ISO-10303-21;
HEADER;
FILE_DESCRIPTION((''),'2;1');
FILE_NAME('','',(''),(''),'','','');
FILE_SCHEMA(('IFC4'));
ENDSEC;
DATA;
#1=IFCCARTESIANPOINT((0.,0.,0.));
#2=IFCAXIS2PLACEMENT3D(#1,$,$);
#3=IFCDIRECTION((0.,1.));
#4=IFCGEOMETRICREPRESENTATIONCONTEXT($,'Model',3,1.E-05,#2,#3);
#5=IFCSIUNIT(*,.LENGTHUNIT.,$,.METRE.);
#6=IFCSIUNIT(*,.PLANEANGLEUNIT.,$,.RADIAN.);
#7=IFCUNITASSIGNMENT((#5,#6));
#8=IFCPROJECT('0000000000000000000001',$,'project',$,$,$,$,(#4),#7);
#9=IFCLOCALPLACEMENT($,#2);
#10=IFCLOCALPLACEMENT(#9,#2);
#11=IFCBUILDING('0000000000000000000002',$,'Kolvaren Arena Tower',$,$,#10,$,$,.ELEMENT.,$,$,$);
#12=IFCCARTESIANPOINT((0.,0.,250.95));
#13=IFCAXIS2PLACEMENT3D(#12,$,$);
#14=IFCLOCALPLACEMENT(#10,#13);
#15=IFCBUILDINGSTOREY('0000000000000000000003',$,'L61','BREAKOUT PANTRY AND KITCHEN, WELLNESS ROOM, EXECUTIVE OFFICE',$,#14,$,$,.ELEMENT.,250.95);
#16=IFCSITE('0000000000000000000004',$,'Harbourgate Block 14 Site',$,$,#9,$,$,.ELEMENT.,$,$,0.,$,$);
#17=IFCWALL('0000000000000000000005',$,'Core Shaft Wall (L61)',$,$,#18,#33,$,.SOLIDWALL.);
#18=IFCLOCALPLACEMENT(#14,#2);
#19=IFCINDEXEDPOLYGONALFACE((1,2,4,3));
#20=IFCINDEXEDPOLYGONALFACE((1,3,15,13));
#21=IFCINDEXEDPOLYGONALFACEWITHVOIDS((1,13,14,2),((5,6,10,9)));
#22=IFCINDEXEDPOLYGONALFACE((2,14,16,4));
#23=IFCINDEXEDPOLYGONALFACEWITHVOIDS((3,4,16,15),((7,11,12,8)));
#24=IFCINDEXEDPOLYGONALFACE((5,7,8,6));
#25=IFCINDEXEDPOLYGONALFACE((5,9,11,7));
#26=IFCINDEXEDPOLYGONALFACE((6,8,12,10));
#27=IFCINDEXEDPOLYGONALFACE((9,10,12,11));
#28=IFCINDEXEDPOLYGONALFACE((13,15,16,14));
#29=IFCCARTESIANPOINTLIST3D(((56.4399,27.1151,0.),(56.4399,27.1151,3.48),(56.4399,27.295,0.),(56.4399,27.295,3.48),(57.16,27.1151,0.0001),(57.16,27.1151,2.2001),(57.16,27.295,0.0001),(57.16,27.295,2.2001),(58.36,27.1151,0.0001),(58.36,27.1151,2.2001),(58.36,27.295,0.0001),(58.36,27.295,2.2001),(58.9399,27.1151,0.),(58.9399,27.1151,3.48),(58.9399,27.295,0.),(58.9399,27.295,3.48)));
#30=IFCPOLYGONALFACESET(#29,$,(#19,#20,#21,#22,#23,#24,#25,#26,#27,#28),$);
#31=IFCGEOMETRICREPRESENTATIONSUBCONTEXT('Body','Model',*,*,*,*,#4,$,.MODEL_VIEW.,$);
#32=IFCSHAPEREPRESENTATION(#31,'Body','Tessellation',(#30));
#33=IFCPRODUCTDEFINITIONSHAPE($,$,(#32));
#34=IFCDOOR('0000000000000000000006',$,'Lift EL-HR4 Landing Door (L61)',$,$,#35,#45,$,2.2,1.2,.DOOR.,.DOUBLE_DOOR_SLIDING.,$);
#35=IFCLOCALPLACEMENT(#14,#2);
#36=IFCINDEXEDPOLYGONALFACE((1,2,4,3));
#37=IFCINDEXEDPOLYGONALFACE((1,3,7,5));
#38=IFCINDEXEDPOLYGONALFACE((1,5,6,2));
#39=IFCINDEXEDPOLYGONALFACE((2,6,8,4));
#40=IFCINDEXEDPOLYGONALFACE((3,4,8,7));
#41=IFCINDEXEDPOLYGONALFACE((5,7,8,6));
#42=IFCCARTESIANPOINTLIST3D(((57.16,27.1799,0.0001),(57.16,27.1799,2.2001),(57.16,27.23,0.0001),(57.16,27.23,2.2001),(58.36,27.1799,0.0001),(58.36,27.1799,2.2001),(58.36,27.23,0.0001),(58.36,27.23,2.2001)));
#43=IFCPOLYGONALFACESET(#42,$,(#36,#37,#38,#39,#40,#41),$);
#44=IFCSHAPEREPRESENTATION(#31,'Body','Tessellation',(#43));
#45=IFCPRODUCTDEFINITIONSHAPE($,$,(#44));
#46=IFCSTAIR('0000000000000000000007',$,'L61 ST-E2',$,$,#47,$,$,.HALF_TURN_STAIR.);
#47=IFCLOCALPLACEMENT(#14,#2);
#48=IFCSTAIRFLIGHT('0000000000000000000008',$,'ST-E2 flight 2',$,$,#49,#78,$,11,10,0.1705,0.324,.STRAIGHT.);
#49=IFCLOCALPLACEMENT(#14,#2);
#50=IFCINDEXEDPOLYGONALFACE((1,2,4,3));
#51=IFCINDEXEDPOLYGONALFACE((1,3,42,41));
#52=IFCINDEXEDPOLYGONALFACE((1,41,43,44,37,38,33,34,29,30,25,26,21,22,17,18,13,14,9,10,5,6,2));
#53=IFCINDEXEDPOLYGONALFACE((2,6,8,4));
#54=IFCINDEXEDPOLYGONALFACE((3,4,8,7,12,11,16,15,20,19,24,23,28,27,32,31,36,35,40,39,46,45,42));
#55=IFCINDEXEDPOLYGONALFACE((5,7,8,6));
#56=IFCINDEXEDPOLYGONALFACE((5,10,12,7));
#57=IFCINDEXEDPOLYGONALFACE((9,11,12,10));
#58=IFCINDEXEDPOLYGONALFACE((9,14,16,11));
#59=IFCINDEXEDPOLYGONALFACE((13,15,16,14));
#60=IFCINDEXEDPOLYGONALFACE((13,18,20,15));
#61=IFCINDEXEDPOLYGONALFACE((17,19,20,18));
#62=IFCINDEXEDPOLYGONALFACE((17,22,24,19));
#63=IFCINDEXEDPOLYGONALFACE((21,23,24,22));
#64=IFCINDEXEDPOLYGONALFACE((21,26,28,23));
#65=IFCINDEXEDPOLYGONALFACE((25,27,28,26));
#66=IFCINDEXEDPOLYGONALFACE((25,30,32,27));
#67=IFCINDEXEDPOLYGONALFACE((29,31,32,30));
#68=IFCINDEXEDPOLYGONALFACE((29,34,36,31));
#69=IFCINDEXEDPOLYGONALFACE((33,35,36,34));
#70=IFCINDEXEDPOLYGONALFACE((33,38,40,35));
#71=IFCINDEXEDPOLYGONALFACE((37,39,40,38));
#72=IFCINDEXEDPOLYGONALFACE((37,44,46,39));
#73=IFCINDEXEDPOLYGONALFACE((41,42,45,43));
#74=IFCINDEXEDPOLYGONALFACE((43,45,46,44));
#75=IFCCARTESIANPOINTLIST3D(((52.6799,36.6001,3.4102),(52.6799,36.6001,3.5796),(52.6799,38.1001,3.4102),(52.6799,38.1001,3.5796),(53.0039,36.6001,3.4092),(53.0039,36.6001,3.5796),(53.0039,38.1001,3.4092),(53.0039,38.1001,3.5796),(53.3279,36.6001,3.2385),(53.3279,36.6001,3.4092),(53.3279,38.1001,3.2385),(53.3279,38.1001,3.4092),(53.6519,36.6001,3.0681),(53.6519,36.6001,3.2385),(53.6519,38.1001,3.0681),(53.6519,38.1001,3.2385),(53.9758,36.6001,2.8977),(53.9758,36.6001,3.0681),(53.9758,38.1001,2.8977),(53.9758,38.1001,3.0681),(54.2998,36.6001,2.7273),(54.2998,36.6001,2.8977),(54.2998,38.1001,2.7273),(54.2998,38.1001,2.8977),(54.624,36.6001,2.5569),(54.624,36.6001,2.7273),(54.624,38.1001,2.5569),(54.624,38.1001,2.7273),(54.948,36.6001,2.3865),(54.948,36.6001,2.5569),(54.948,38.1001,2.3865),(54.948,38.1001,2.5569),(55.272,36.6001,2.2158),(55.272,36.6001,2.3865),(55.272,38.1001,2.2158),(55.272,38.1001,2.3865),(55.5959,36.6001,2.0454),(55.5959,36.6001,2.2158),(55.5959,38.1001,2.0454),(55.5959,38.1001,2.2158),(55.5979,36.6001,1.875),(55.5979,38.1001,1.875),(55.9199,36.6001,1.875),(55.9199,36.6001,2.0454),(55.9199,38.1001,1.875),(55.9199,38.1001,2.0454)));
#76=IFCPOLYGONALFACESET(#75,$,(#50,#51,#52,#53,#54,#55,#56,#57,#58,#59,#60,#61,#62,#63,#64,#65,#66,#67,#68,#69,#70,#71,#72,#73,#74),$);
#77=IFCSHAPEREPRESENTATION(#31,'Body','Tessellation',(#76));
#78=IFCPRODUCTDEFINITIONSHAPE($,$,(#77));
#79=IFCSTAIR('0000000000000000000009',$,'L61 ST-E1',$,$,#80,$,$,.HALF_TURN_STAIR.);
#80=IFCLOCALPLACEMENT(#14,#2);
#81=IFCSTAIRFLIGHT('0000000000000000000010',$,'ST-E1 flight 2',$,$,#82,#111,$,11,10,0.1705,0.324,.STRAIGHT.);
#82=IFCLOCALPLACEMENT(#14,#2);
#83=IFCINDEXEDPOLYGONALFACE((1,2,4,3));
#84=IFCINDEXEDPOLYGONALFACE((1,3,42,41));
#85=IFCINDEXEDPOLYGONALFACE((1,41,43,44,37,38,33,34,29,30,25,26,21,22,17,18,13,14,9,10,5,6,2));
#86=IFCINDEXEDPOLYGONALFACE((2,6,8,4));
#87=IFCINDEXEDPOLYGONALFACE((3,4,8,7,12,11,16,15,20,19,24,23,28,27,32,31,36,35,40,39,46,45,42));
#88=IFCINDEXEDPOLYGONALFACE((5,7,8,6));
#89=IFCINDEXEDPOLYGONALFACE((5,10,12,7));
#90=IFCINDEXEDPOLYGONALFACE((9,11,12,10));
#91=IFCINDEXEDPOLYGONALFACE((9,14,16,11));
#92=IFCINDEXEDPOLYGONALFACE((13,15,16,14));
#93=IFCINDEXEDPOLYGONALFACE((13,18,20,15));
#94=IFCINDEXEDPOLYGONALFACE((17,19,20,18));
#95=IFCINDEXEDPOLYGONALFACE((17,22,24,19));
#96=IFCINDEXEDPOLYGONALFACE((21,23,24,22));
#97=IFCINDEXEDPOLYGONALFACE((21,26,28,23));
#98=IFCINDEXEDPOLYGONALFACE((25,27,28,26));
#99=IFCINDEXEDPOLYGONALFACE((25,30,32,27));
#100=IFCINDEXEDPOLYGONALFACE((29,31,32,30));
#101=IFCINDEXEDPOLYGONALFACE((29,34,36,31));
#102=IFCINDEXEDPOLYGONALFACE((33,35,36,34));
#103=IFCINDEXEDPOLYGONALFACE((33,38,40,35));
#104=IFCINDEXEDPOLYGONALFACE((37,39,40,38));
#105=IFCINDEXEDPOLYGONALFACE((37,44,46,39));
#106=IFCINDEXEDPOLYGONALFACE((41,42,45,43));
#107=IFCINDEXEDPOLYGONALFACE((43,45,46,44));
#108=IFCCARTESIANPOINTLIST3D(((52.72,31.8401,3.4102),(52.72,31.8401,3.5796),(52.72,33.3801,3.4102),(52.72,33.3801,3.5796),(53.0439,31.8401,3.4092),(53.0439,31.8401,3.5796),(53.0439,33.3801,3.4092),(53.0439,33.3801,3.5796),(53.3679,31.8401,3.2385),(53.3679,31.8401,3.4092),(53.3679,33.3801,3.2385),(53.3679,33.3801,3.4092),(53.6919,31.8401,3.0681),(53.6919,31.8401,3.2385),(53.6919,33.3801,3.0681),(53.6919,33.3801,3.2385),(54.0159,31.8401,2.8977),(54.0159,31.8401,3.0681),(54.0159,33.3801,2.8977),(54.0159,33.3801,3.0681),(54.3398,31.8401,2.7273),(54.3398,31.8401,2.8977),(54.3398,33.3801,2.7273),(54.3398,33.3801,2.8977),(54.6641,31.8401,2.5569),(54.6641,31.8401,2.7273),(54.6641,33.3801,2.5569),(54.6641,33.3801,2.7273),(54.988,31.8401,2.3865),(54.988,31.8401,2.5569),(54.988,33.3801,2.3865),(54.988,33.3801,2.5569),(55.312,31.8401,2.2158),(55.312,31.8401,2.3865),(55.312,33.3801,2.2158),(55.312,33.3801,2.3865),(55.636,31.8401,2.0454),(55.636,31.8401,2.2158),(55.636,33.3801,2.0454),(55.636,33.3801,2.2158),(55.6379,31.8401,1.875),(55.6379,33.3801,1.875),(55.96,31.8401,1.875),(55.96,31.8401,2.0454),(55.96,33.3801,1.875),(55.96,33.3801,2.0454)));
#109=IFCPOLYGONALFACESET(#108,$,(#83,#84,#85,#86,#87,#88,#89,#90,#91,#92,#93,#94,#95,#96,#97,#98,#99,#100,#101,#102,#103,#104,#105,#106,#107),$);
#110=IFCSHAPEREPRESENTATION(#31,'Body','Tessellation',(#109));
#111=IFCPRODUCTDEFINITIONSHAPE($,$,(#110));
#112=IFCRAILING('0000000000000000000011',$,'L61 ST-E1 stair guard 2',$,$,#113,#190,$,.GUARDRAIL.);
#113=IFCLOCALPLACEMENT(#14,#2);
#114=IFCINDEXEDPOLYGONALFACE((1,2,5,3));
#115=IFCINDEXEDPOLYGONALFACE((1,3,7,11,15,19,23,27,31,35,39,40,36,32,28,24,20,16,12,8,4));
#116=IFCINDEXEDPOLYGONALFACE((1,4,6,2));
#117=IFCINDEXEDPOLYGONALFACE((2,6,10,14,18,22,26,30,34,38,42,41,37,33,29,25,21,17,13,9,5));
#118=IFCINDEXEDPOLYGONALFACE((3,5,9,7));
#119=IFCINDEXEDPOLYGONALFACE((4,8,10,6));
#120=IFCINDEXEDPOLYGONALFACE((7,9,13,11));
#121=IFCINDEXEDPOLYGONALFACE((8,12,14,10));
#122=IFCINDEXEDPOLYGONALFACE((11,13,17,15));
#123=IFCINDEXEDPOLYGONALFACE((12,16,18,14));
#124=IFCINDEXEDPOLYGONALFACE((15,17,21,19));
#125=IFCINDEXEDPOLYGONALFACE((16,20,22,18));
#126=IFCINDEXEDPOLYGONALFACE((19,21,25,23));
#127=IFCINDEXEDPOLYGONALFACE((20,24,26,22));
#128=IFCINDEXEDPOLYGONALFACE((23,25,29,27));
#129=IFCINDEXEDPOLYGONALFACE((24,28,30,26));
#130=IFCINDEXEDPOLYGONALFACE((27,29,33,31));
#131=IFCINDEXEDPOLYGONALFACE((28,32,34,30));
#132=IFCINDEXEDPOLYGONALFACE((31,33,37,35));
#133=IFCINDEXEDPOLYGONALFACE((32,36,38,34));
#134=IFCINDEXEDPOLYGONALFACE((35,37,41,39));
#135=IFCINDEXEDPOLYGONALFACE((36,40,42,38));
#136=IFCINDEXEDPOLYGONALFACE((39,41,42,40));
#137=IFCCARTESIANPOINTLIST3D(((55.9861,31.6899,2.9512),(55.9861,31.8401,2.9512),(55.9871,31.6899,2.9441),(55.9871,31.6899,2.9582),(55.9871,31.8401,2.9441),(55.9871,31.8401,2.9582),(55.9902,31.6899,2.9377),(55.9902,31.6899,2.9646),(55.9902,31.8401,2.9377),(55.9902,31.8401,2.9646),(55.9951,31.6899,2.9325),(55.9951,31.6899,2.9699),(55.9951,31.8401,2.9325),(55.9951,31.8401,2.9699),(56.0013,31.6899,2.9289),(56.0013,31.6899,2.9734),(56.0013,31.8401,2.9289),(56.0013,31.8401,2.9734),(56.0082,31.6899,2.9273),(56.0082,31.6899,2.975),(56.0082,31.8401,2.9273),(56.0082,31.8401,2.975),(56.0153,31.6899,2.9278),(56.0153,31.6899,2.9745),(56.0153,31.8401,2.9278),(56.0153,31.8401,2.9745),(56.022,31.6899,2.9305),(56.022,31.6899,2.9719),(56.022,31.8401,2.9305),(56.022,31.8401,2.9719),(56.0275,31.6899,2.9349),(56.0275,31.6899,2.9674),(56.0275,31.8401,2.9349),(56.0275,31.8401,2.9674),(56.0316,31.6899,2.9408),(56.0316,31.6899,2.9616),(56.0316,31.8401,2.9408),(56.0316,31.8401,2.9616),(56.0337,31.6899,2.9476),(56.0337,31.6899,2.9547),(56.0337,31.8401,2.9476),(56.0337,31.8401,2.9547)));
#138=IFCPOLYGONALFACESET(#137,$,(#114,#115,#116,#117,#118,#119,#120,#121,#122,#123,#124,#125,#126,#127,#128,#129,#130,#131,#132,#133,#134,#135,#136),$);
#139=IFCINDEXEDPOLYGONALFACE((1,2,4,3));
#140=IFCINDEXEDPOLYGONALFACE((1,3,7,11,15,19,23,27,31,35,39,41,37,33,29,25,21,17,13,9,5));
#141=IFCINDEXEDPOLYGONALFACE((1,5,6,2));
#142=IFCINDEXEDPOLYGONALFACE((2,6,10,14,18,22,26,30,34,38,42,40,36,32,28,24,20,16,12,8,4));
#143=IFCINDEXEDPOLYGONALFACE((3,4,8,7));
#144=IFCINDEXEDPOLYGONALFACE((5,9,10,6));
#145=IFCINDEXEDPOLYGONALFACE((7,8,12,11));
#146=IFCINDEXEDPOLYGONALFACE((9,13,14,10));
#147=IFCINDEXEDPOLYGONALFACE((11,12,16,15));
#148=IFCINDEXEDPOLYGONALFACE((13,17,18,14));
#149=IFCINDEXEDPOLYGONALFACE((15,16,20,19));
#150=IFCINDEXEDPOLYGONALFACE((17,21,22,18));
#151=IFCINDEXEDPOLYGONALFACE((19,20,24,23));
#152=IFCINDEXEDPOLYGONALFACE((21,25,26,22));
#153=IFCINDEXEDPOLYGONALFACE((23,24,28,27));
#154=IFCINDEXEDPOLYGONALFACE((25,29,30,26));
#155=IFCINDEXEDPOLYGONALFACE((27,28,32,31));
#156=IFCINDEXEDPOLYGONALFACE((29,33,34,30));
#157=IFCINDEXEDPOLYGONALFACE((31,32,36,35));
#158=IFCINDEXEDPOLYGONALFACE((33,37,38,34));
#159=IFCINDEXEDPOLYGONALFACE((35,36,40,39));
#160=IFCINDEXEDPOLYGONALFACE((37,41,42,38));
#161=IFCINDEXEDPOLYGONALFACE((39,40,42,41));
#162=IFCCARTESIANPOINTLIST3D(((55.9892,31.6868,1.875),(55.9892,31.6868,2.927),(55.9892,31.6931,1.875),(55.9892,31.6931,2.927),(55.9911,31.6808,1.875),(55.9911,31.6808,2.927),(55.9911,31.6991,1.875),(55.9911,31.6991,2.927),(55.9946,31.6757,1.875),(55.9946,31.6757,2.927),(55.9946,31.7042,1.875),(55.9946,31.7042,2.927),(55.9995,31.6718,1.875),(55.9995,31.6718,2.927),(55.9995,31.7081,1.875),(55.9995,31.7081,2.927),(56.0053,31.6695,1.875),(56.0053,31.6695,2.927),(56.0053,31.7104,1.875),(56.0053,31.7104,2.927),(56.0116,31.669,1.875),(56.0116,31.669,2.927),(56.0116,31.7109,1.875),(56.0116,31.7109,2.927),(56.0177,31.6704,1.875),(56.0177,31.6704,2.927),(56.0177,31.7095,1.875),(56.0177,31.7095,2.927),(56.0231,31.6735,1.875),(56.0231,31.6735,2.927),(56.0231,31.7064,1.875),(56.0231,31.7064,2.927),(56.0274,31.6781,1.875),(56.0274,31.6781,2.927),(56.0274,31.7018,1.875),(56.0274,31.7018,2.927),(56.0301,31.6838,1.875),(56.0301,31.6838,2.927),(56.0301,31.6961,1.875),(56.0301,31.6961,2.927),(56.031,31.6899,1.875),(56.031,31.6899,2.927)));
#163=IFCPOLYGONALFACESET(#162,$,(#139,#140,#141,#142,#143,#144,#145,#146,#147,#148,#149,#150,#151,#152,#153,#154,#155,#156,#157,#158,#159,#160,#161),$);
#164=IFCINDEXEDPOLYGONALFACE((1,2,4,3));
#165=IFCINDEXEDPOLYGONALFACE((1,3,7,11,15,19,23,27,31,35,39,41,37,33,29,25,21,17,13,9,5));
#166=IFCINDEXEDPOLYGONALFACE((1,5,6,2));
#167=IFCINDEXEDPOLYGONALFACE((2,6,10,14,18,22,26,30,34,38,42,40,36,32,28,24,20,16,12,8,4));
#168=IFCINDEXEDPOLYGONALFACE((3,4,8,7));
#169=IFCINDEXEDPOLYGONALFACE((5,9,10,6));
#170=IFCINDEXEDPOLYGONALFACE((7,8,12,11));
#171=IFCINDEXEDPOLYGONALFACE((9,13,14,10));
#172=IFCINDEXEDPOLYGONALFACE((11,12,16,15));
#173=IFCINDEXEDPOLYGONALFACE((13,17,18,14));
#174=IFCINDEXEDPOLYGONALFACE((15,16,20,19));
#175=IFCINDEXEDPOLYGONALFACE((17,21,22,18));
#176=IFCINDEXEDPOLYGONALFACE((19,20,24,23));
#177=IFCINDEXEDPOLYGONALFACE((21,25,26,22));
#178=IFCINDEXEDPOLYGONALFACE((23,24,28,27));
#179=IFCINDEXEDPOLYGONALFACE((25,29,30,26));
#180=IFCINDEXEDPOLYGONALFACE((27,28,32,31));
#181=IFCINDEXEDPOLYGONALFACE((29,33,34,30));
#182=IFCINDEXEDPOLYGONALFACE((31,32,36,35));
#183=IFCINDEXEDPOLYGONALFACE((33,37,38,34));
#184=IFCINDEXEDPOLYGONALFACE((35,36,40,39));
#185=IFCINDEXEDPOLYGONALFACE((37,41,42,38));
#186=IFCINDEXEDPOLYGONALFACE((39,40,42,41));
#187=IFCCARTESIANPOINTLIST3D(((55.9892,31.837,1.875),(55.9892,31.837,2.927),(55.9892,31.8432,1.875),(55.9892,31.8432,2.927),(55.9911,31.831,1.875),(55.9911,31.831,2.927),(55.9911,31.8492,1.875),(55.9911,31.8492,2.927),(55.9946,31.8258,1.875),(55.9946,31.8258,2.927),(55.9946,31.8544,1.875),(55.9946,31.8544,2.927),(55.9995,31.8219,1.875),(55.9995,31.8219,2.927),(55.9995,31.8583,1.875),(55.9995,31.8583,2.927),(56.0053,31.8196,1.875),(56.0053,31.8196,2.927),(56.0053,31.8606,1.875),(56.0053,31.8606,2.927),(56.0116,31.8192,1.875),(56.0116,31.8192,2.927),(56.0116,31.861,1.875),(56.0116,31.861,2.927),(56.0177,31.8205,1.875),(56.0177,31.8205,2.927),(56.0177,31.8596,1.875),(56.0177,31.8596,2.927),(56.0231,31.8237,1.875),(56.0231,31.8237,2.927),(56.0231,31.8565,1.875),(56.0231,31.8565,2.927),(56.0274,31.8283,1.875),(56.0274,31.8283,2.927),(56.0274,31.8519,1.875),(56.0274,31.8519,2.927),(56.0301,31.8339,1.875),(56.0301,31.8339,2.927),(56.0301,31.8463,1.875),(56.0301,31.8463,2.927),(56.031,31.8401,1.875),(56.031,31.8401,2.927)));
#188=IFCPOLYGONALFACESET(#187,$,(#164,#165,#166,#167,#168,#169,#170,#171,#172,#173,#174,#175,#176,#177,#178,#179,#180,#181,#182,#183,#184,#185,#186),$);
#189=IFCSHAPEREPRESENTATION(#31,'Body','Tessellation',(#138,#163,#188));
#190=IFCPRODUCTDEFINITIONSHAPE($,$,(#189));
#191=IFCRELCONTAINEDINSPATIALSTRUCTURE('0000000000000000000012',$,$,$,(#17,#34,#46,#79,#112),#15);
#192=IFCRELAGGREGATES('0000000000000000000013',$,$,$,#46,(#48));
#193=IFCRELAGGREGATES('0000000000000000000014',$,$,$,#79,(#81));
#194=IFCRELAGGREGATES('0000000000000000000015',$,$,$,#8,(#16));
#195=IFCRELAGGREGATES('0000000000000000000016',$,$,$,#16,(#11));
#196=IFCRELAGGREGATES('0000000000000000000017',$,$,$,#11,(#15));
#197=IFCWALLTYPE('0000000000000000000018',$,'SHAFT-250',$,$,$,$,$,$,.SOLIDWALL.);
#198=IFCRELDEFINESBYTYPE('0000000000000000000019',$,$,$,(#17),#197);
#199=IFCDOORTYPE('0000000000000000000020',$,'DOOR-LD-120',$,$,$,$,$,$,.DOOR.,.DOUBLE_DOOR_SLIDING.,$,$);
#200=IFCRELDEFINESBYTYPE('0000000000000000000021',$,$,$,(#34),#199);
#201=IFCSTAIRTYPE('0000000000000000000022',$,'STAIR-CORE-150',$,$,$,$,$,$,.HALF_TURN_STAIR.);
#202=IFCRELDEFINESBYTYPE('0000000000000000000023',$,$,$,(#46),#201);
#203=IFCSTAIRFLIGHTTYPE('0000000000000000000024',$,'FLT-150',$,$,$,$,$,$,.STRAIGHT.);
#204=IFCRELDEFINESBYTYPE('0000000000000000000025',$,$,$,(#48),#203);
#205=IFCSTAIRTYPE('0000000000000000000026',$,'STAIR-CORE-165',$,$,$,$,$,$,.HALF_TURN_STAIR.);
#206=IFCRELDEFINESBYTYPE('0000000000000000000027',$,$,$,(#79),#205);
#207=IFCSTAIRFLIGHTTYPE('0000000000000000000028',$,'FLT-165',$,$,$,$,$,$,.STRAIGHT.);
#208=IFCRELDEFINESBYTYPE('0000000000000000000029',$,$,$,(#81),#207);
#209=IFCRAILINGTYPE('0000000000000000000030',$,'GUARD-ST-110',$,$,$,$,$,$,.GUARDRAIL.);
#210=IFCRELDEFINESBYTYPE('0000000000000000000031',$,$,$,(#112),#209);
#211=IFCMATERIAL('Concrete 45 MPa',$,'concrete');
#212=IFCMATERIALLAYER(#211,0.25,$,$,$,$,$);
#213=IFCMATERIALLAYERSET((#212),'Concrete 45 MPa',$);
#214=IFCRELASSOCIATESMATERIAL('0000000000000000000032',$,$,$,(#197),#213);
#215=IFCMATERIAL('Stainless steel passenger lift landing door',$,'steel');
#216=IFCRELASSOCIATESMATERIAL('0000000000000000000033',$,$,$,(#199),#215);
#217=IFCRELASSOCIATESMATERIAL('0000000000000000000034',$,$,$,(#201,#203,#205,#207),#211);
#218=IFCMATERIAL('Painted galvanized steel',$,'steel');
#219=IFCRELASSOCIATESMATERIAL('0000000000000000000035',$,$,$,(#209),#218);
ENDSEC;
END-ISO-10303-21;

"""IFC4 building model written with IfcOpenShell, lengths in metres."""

from ifc_helpers import new_model, si_unit, direction, frame, frame_2d, origin, origin_2d, place, context, subcontext, project, spatial, polyline, rectangle, circle, outline, extrude, material, layer, layer_set, type_object, element, fill, aggregate, save


model = new_model("IFC4")

# Units and contexts
model_context = context("Model", 3, precision=1e-05, world=origin(), true_north=direction((0.0, 1.0)))
body_context = subcontext(model_context, "Body", "Model", "MODEL_VIEW")
ifc_project = project(units=[si_unit("LENGTHUNIT", "METRE"), si_unit("PLANEANGLEUNIT", "RADIAN")], contexts=[model_context])

# Site, building, storey
site_placement = place(None, origin())
site = spatial("IfcSite", under=ifc_project, at=site_placement, Name="Harbourgate Block 14 Site", CompositionType="ELEMENT", RefElevation=0.0)
building_placement = place(site_placement, origin())
building = spatial("IfcBuilding", under=site, at=building_placement, Name="Kolvaren Arena Tower", CompositionType="ELEMENT")
storey_placement = place(building_placement, frame((0.0, 0.0, 250.95)))
storey = spatial("IfcBuildingStorey", under=building, at=storey_placement, Name="L61", Description="BREAKOUT PANTRY AND KITCHEN, WELLNESS ROOM, EXECUTIVE OFFICE", CompositionType="ELEMENT", Elevation=250.95)

# Shared definitions
ifc_material_1 = material(Name="Concrete 45 MPa", Category="concrete")
ifc_layer = layer(ifc_material_1, 0.25)
ifc_layer_set = layer_set([ifc_layer], Name="Concrete 45 MPa")
wall_type = type_object("IfcWallType", Name="SHAFT-250", PredefinedType="SOLIDWALL", material=ifc_layer_set)

# Wall, opening, door
wall_1_placement = place(storey_placement, frame((56.4399, 27.2051, 0.0), z_axis=(0.0, 0.0, 1.0), x_axis=(1.0, 0.0, 0.0)))
wall_1 = element("IfcWall", 1, at=wall_1_placement, inside=storey, type_object=wall_type, Name="Core Shaft Wall (L61)", PredefinedType="SOLIDWALL", context=body_context, shape_type="SweptSolid", body=[
    extrude(rectangle(XDim=2.5, YDim=0.1799, at=frame_2d((1.25, 0.0))), origin(), (0.0, 0.0, 1.0), 3.48),
])
opening_1_placement = place(wall_1_placement, frame((0.72, 0.0, 0.0)))
opening_1 = element("IfcOpeningElement", 2, at=opening_1_placement, cuts=wall_1, PredefinedType="OPENING", context=body_context, shape_type="SweptSolid", body=[
    extrude(rectangle(XDim=1.2, YDim=2.2, at=frame_2d((0.6001, 1.1001))), frame((0.0, 0.0999, 0.0), z_axis=(0.0, -1.0, 0.0), x_axis=(1.0, 0.0, 0.0)), (0.0, 0.0, 1.0), 0.2),
])
ifc_material_2 = material(Name="Stainless steel passenger lift landing door", Category="steel")
door_type_1 = type_object("IfcDoorType", Name="DOOR-LD-120", OperationType="DOUBLE_DOOR_SLIDING", PredefinedType="DOOR", material=ifc_material_2)
door_1_placement = place(opening_1_placement, origin())
door_1 = element("IfcDoor", 3, at=door_1_placement, inside=storey, type_object=door_type_1, Name="Lift EL-HR4 Landing Door (L61)", OperationType="DOUBLE_DOOR_SLIDING", OverallHeight=2.2, OverallWidth=1.2, PredefinedType="DOOR", context=body_context, shape_type="SweptSolid", body=[
    extrude(rectangle(XDim=1.2, YDim=2.2, at=frame_2d((0.6001, 1.1001))), frame((0.0, 0.0249, 0.0), z_axis=(0.0, -1.0, 0.0), x_axis=(1.0, 0.0, 0.0)), (0.0, 0.0, 1.0), 0.05),
])
fill(opening_1, door_1)

# Stairs, stair flights
stair_type_1 = type_object("IfcStairType", Name="STAIR-CORE-150", PredefinedType="HALF_TURN_STAIR", material=ifc_material_1)
stair_1_placement = place(storey_placement, origin())
stair_1 = element("IfcStair", 4, at=stair_1_placement, inside=storey, type_object=stair_type_1, Name="L61 ST-E2", PredefinedType="HALF_TURN_STAIR")
stair_flight_type_1 = type_object("IfcStairFlightType", Name="FLT-150", PredefinedType="STRAIGHT", material=ifc_material_1)
stair_flight_1_placement = place(storey_placement, frame((55.9199, 37.3501, 1.875), z_axis=(0.0, 0.0, 1.0), x_axis=(-1.0, 0.0, 0.0)))
stair_flight_1 = element("IfcStairFlight", 5, at=stair_flight_1_placement, type_object=stair_flight_type_1, Name="ST-E2 flight 2", NumberOfRisers=11, NumberOfTreads=10, PredefinedType="STRAIGHT", RiserHeight=0.1705, TreadLength=0.324, context=body_context, shape_type="SweptSolid", body=[
    extrude(outline(polyline([(0.0, 0.0), (0.0, 0.1704), (0.324, 0.1704), (0.324, 0.3408), (0.6479, 0.3408), (0.6479, 0.5115), (0.9719, 0.5115), (0.9719, 0.6819), (1.2959, 0.6819), (1.2959, 0.8523), (1.6201, 0.8523), (1.6201, 1.0227), (1.9441, 1.0227), (1.9441, 1.1931), (2.2681, 1.1931), (2.2681, 1.3635), (2.592, 1.3635), (2.592, 1.5342), (2.916, 1.5342), (2.916, 1.7046), (3.24, 1.7046), (3.24, 1.875), (3.24, 1.5352), (0.322, 0.0), (0.0, 0.0)])), frame((0.0, 0.75, 0.0), z_axis=(0.0, -1.0, 0.0), x_axis=(1.0, 0.0, 0.0)), (0.0, 0.0, 1.0), 1.5),
])
aggregate(stair_1, [stair_flight_1])
stair_type_2 = type_object("IfcStairType", Name="STAIR-CORE-165", PredefinedType="HALF_TURN_STAIR", material=ifc_material_1)
stair_2_placement = place(storey_placement, origin())
stair_2 = element("IfcStair", 6, at=stair_2_placement, inside=storey, type_object=stair_type_2, Name="L61 ST-E1", PredefinedType="HALF_TURN_STAIR")
stair_flight_type_2 = type_object("IfcStairFlightType", Name="FLT-165", PredefinedType="STRAIGHT", material=ifc_material_1)
stair_flight_2_placement = place(storey_placement, frame((55.96, 32.6101, 1.875), z_axis=(0.0, 0.0, 1.0), x_axis=(-1.0, 0.0, 0.0)))
stair_flight_2 = element("IfcStairFlight", 7, at=stair_flight_2_placement, type_object=stair_flight_type_2, Name="ST-E1 flight 2", NumberOfRisers=11, NumberOfTreads=10, PredefinedType="STRAIGHT", RiserHeight=0.1705, TreadLength=0.324, context=body_context, shape_type="SweptSolid", body=[
    extrude(outline(polyline([(0.0, 0.0), (0.0, 0.1704), (0.324, 0.1704), (0.324, 0.3408), (0.6479, 0.3408), (0.6479, 0.5115), (0.9719, 0.5115), (0.9719, 0.6819), (1.2959, 0.6819), (1.2959, 0.8523), (1.6201, 0.8523), (1.6201, 1.0227), (1.9441, 1.0227), (1.9441, 1.1931), (2.2681, 1.1931), (2.2681, 1.3635), (2.592, 1.3635), (2.592, 1.5342), (2.916, 1.5342), (2.916, 1.7046), (3.24, 1.7046), (3.24, 1.875), (3.24, 1.5352), (0.322, 0.0), (0.0, 0.0)])), frame((0.0, 0.77, 0.0), z_axis=(0.0, -1.0, 0.0), x_axis=(1.0, 0.0, 0.0)), (0.0, 0.0, 1.0), 1.54),
])
aggregate(stair_2, [stair_flight_2])

# Railing
ifc_material_3 = material(Name="Painted galvanized steel", Category="steel")
railing_type_1 = type_object("IfcRailingType", Name="GUARD-ST-110", PredefinedType="GUARDRAIL", material=ifc_material_3)
railing_1_placement = place(storey_placement, frame((56.01, 31.6899, 1.875)))
element("IfcRailing", 8, at=railing_1_placement, inside=storey, type_object=railing_type_1, Name="L61 ST-E1 stair guard 2", PredefinedType="GUARDRAIL", context=body_context, shape_type="SweptSolid", body=[
    extrude(circle(Radius=0.0239, at=origin_2d()), frame((0.0, 0.0, 1.0762), z_axis=(0.0, 1.0, 0.0), x_axis=(-1.0, 0.0, 0.0)), (0.0, 0.0, 1.0), 0.1501),
    extrude(circle(Radius=0.021, at=origin_2d()), origin(), (0.0, 0.0, 1.0), 1.052),
    extrude(circle(Radius=0.021, at=origin_2d()), frame((0.0, 0.1501, 0.0)), (0.0, 0.0, 1.0), 1.052),
])

save(model, "model.ifc")
